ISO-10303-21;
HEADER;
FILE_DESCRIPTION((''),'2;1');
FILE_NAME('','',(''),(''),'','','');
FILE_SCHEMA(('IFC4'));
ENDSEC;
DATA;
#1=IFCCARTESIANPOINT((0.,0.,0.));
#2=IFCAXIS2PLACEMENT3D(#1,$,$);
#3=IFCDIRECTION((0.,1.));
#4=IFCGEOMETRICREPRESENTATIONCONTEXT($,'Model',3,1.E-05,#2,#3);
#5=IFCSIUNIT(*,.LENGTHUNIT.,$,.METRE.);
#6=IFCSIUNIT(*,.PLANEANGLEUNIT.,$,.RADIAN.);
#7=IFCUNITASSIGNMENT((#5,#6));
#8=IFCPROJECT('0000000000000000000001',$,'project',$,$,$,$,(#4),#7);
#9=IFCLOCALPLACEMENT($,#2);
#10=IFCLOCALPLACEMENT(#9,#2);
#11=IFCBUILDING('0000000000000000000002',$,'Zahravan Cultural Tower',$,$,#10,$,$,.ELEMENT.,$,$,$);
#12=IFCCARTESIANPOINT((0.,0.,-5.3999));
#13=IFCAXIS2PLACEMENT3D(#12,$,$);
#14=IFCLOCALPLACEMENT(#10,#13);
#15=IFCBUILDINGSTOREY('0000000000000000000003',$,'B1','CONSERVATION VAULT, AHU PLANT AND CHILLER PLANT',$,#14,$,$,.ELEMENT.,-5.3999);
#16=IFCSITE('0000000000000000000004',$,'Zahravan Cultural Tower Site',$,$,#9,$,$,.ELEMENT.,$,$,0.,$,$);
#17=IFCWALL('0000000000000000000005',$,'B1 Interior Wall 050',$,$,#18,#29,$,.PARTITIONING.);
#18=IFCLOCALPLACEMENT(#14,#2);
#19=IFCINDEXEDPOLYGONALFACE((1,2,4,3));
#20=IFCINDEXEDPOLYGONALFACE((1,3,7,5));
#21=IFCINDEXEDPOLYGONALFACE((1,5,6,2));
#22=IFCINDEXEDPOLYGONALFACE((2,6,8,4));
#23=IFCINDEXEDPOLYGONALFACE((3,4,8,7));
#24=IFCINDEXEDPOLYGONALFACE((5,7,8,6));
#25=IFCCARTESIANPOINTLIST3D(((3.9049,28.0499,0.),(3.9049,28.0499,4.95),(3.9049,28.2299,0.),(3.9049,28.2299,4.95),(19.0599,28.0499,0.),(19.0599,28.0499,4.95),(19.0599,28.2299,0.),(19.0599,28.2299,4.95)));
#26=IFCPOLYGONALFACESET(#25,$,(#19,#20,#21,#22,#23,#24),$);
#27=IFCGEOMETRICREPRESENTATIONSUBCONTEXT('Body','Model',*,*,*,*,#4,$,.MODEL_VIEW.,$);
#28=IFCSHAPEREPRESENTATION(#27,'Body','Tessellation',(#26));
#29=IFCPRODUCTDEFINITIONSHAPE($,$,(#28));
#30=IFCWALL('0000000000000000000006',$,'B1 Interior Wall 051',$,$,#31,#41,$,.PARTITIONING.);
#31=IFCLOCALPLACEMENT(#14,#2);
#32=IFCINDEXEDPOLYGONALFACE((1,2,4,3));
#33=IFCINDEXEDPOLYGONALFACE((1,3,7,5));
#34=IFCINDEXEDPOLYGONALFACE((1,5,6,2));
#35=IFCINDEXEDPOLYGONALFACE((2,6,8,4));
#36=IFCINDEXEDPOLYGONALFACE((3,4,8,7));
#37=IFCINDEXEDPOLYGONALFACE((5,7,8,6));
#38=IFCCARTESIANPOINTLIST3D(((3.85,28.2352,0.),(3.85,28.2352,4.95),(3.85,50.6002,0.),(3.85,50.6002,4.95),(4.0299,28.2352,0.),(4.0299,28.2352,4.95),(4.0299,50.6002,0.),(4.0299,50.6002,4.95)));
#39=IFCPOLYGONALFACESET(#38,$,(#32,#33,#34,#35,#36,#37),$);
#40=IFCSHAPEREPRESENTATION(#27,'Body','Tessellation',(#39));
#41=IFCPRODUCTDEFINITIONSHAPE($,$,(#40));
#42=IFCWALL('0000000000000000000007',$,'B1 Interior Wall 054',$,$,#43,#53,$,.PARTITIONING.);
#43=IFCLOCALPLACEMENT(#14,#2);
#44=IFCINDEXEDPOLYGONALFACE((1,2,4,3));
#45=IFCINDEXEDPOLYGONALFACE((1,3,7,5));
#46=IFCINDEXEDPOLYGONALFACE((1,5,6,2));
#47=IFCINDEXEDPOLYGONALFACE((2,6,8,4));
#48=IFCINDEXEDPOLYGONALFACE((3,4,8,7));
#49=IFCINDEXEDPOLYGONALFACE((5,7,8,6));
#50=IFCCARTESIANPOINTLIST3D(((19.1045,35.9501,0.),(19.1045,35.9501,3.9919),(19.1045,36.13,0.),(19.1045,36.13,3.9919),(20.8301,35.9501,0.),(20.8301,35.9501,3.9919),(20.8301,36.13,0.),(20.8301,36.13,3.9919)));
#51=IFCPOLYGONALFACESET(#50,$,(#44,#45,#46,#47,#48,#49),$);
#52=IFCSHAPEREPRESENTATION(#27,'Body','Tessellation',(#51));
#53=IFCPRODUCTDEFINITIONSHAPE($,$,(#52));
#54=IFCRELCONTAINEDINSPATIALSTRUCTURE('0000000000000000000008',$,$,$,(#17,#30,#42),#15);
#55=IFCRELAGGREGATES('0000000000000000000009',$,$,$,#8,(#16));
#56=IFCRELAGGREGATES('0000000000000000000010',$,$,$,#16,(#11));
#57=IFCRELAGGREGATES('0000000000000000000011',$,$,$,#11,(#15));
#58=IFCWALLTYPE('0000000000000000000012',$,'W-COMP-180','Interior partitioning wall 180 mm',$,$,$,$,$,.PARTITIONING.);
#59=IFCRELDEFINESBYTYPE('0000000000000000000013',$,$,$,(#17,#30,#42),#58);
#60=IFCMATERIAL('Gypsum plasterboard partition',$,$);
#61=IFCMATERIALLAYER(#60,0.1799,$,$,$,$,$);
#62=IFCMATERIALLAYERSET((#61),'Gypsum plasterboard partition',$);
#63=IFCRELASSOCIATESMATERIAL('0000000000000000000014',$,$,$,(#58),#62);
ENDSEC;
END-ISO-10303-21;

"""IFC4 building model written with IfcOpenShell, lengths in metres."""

from ifc_helpers import new_model, si_unit, direction, frame, frame_2d, origin, place, context, subcontext, project, spatial, rectangle, extrude, source, transform, mapped, material, layer, layer_set, type_object, element, save


model = new_model("IFC4")

# Units and contexts
model_context = context("Model", 3, precision=1e-05, world=origin(), true_north=direction((0.0, 1.0)))
body_context = subcontext(model_context, "Body", "Model", "MODEL_VIEW")
ifc_project = project(units=[si_unit("LENGTHUNIT", "METRE"), si_unit("PLANEANGLEUNIT", "RADIAN")], contexts=[model_context])

# Site, building, storey
site_placement = place(None, origin())
site = spatial("IfcSite", under=ifc_project, at=site_placement, Name="Zahravan Cultural Tower Site", CompositionType="ELEMENT", RefElevation=0.0)
building_placement = place(site_placement, origin())
building = spatial("IfcBuilding", under=site, at=building_placement, Name="Zahravan Cultural Tower", CompositionType="ELEMENT")
storey_placement = place(building_placement, frame((0.0, 0.0, -5.3999)))
storey = spatial("IfcBuildingStorey", under=building, at=storey_placement, Name="B1", Description="CONSERVATION VAULT, AHU PLANT AND CHILLER PLANT", CompositionType="ELEMENT", Elevation=-5.3999)

# Shared definitions
ifc_material_1 = material(Name="Gypsum plasterboard partition")
ifc_layer_1 = layer(ifc_material_1, 0.1799)
ifc_layer_set_1 = layer_set([ifc_layer_1], Name="Gypsum plasterboard partition")
wall_type = type_object("IfcWallType", Name="W-COMP-180", Description="Interior partitioning wall 180 mm", PredefinedType="PARTITIONING", material=ifc_layer_set_1)

# Walls
shared_shape_1 = source(origin(), body_context, "Body", "SweptSolid", [
    extrude(rectangle(XDim=15.155, YDim=0.1799, at=frame_2d((7.5776, 0.0))), origin(), (0.0, 0.0, 1.0), 4.95),
])
wall_1_placement = place(storey_placement, frame((19.0601, 28.1399, 0.0), z_axis=(0.0, 0.0, 1.0), x_axis=(-1.0, 0.0, 0.0)))
element("IfcWall", 1, at=wall_1_placement, inside=storey, type_object=wall_type, Name="B1 Interior Wall 050", PredefinedType="PARTITIONING", context=body_context, shape_type="MappedRepresentation", body=[
    mapped(shared_shape_1, transform((0.0, 0.0, 0.0), x_axis=(1.0, 0.0, 0.0), y_axis=(0.0, 1.0, 0.0), z_axis=(0.0, 0.0, 1.0), scale=1.0)),
])
shared_shape_2 = source(origin(), body_context, "Body", "SweptSolid", [
    extrude(rectangle(XDim=22.365, YDim=0.1799, at=frame_2d((11.1826, 0.0))), origin(), (0.0, 0.0, 1.0), 4.95),
])
wall_2_placement = place(storey_placement, frame((3.9399, 28.2351, 0.0), z_axis=(0.0, 0.0, 1.0), x_axis=(0.0, 1.0, 0.0)))
element("IfcWall", 2, at=wall_2_placement, inside=storey, type_object=wall_type, Name="B1 Interior Wall 051", PredefinedType="PARTITIONING", context=body_context, shape_type="MappedRepresentation", body=[
    mapped(shared_shape_2, transform((0.0, 0.0, 0.0), x_axis=(1.0, 0.0, 0.0), y_axis=(0.0, 1.0, 0.0), z_axis=(0.0, 0.0, 1.0), scale=1.0)),
])
shared_shape_3 = source(origin(), body_context, "Body", "SweptSolid", [
    extrude(rectangle(XDim=1.7256, YDim=0.1799, at=frame_2d((0.8628, 0.0))), origin(), (0.0, 0.0, 1.0), 3.9919),
])
wall_3_placement = place(storey_placement, frame((20.8301, 36.04, 0.0), z_axis=(0.0, 0.0, 1.0), x_axis=(-1.0, 0.0, 0.0)))
element("IfcWall", 3, at=wall_3_placement, inside=storey, type_object=wall_type, Name="B1 Interior Wall 054", PredefinedType="PARTITIONING", context=body_context, shape_type="MappedRepresentation", body=[
    mapped(shared_shape_3, transform((0.0, 0.0, 0.0), x_axis=(1.0, 0.0, 0.0), y_axis=(0.0, 1.0, 0.0), z_axis=(0.0, 0.0, 1.0), scale=1.0)),
])

save(model, "model.ifc")
